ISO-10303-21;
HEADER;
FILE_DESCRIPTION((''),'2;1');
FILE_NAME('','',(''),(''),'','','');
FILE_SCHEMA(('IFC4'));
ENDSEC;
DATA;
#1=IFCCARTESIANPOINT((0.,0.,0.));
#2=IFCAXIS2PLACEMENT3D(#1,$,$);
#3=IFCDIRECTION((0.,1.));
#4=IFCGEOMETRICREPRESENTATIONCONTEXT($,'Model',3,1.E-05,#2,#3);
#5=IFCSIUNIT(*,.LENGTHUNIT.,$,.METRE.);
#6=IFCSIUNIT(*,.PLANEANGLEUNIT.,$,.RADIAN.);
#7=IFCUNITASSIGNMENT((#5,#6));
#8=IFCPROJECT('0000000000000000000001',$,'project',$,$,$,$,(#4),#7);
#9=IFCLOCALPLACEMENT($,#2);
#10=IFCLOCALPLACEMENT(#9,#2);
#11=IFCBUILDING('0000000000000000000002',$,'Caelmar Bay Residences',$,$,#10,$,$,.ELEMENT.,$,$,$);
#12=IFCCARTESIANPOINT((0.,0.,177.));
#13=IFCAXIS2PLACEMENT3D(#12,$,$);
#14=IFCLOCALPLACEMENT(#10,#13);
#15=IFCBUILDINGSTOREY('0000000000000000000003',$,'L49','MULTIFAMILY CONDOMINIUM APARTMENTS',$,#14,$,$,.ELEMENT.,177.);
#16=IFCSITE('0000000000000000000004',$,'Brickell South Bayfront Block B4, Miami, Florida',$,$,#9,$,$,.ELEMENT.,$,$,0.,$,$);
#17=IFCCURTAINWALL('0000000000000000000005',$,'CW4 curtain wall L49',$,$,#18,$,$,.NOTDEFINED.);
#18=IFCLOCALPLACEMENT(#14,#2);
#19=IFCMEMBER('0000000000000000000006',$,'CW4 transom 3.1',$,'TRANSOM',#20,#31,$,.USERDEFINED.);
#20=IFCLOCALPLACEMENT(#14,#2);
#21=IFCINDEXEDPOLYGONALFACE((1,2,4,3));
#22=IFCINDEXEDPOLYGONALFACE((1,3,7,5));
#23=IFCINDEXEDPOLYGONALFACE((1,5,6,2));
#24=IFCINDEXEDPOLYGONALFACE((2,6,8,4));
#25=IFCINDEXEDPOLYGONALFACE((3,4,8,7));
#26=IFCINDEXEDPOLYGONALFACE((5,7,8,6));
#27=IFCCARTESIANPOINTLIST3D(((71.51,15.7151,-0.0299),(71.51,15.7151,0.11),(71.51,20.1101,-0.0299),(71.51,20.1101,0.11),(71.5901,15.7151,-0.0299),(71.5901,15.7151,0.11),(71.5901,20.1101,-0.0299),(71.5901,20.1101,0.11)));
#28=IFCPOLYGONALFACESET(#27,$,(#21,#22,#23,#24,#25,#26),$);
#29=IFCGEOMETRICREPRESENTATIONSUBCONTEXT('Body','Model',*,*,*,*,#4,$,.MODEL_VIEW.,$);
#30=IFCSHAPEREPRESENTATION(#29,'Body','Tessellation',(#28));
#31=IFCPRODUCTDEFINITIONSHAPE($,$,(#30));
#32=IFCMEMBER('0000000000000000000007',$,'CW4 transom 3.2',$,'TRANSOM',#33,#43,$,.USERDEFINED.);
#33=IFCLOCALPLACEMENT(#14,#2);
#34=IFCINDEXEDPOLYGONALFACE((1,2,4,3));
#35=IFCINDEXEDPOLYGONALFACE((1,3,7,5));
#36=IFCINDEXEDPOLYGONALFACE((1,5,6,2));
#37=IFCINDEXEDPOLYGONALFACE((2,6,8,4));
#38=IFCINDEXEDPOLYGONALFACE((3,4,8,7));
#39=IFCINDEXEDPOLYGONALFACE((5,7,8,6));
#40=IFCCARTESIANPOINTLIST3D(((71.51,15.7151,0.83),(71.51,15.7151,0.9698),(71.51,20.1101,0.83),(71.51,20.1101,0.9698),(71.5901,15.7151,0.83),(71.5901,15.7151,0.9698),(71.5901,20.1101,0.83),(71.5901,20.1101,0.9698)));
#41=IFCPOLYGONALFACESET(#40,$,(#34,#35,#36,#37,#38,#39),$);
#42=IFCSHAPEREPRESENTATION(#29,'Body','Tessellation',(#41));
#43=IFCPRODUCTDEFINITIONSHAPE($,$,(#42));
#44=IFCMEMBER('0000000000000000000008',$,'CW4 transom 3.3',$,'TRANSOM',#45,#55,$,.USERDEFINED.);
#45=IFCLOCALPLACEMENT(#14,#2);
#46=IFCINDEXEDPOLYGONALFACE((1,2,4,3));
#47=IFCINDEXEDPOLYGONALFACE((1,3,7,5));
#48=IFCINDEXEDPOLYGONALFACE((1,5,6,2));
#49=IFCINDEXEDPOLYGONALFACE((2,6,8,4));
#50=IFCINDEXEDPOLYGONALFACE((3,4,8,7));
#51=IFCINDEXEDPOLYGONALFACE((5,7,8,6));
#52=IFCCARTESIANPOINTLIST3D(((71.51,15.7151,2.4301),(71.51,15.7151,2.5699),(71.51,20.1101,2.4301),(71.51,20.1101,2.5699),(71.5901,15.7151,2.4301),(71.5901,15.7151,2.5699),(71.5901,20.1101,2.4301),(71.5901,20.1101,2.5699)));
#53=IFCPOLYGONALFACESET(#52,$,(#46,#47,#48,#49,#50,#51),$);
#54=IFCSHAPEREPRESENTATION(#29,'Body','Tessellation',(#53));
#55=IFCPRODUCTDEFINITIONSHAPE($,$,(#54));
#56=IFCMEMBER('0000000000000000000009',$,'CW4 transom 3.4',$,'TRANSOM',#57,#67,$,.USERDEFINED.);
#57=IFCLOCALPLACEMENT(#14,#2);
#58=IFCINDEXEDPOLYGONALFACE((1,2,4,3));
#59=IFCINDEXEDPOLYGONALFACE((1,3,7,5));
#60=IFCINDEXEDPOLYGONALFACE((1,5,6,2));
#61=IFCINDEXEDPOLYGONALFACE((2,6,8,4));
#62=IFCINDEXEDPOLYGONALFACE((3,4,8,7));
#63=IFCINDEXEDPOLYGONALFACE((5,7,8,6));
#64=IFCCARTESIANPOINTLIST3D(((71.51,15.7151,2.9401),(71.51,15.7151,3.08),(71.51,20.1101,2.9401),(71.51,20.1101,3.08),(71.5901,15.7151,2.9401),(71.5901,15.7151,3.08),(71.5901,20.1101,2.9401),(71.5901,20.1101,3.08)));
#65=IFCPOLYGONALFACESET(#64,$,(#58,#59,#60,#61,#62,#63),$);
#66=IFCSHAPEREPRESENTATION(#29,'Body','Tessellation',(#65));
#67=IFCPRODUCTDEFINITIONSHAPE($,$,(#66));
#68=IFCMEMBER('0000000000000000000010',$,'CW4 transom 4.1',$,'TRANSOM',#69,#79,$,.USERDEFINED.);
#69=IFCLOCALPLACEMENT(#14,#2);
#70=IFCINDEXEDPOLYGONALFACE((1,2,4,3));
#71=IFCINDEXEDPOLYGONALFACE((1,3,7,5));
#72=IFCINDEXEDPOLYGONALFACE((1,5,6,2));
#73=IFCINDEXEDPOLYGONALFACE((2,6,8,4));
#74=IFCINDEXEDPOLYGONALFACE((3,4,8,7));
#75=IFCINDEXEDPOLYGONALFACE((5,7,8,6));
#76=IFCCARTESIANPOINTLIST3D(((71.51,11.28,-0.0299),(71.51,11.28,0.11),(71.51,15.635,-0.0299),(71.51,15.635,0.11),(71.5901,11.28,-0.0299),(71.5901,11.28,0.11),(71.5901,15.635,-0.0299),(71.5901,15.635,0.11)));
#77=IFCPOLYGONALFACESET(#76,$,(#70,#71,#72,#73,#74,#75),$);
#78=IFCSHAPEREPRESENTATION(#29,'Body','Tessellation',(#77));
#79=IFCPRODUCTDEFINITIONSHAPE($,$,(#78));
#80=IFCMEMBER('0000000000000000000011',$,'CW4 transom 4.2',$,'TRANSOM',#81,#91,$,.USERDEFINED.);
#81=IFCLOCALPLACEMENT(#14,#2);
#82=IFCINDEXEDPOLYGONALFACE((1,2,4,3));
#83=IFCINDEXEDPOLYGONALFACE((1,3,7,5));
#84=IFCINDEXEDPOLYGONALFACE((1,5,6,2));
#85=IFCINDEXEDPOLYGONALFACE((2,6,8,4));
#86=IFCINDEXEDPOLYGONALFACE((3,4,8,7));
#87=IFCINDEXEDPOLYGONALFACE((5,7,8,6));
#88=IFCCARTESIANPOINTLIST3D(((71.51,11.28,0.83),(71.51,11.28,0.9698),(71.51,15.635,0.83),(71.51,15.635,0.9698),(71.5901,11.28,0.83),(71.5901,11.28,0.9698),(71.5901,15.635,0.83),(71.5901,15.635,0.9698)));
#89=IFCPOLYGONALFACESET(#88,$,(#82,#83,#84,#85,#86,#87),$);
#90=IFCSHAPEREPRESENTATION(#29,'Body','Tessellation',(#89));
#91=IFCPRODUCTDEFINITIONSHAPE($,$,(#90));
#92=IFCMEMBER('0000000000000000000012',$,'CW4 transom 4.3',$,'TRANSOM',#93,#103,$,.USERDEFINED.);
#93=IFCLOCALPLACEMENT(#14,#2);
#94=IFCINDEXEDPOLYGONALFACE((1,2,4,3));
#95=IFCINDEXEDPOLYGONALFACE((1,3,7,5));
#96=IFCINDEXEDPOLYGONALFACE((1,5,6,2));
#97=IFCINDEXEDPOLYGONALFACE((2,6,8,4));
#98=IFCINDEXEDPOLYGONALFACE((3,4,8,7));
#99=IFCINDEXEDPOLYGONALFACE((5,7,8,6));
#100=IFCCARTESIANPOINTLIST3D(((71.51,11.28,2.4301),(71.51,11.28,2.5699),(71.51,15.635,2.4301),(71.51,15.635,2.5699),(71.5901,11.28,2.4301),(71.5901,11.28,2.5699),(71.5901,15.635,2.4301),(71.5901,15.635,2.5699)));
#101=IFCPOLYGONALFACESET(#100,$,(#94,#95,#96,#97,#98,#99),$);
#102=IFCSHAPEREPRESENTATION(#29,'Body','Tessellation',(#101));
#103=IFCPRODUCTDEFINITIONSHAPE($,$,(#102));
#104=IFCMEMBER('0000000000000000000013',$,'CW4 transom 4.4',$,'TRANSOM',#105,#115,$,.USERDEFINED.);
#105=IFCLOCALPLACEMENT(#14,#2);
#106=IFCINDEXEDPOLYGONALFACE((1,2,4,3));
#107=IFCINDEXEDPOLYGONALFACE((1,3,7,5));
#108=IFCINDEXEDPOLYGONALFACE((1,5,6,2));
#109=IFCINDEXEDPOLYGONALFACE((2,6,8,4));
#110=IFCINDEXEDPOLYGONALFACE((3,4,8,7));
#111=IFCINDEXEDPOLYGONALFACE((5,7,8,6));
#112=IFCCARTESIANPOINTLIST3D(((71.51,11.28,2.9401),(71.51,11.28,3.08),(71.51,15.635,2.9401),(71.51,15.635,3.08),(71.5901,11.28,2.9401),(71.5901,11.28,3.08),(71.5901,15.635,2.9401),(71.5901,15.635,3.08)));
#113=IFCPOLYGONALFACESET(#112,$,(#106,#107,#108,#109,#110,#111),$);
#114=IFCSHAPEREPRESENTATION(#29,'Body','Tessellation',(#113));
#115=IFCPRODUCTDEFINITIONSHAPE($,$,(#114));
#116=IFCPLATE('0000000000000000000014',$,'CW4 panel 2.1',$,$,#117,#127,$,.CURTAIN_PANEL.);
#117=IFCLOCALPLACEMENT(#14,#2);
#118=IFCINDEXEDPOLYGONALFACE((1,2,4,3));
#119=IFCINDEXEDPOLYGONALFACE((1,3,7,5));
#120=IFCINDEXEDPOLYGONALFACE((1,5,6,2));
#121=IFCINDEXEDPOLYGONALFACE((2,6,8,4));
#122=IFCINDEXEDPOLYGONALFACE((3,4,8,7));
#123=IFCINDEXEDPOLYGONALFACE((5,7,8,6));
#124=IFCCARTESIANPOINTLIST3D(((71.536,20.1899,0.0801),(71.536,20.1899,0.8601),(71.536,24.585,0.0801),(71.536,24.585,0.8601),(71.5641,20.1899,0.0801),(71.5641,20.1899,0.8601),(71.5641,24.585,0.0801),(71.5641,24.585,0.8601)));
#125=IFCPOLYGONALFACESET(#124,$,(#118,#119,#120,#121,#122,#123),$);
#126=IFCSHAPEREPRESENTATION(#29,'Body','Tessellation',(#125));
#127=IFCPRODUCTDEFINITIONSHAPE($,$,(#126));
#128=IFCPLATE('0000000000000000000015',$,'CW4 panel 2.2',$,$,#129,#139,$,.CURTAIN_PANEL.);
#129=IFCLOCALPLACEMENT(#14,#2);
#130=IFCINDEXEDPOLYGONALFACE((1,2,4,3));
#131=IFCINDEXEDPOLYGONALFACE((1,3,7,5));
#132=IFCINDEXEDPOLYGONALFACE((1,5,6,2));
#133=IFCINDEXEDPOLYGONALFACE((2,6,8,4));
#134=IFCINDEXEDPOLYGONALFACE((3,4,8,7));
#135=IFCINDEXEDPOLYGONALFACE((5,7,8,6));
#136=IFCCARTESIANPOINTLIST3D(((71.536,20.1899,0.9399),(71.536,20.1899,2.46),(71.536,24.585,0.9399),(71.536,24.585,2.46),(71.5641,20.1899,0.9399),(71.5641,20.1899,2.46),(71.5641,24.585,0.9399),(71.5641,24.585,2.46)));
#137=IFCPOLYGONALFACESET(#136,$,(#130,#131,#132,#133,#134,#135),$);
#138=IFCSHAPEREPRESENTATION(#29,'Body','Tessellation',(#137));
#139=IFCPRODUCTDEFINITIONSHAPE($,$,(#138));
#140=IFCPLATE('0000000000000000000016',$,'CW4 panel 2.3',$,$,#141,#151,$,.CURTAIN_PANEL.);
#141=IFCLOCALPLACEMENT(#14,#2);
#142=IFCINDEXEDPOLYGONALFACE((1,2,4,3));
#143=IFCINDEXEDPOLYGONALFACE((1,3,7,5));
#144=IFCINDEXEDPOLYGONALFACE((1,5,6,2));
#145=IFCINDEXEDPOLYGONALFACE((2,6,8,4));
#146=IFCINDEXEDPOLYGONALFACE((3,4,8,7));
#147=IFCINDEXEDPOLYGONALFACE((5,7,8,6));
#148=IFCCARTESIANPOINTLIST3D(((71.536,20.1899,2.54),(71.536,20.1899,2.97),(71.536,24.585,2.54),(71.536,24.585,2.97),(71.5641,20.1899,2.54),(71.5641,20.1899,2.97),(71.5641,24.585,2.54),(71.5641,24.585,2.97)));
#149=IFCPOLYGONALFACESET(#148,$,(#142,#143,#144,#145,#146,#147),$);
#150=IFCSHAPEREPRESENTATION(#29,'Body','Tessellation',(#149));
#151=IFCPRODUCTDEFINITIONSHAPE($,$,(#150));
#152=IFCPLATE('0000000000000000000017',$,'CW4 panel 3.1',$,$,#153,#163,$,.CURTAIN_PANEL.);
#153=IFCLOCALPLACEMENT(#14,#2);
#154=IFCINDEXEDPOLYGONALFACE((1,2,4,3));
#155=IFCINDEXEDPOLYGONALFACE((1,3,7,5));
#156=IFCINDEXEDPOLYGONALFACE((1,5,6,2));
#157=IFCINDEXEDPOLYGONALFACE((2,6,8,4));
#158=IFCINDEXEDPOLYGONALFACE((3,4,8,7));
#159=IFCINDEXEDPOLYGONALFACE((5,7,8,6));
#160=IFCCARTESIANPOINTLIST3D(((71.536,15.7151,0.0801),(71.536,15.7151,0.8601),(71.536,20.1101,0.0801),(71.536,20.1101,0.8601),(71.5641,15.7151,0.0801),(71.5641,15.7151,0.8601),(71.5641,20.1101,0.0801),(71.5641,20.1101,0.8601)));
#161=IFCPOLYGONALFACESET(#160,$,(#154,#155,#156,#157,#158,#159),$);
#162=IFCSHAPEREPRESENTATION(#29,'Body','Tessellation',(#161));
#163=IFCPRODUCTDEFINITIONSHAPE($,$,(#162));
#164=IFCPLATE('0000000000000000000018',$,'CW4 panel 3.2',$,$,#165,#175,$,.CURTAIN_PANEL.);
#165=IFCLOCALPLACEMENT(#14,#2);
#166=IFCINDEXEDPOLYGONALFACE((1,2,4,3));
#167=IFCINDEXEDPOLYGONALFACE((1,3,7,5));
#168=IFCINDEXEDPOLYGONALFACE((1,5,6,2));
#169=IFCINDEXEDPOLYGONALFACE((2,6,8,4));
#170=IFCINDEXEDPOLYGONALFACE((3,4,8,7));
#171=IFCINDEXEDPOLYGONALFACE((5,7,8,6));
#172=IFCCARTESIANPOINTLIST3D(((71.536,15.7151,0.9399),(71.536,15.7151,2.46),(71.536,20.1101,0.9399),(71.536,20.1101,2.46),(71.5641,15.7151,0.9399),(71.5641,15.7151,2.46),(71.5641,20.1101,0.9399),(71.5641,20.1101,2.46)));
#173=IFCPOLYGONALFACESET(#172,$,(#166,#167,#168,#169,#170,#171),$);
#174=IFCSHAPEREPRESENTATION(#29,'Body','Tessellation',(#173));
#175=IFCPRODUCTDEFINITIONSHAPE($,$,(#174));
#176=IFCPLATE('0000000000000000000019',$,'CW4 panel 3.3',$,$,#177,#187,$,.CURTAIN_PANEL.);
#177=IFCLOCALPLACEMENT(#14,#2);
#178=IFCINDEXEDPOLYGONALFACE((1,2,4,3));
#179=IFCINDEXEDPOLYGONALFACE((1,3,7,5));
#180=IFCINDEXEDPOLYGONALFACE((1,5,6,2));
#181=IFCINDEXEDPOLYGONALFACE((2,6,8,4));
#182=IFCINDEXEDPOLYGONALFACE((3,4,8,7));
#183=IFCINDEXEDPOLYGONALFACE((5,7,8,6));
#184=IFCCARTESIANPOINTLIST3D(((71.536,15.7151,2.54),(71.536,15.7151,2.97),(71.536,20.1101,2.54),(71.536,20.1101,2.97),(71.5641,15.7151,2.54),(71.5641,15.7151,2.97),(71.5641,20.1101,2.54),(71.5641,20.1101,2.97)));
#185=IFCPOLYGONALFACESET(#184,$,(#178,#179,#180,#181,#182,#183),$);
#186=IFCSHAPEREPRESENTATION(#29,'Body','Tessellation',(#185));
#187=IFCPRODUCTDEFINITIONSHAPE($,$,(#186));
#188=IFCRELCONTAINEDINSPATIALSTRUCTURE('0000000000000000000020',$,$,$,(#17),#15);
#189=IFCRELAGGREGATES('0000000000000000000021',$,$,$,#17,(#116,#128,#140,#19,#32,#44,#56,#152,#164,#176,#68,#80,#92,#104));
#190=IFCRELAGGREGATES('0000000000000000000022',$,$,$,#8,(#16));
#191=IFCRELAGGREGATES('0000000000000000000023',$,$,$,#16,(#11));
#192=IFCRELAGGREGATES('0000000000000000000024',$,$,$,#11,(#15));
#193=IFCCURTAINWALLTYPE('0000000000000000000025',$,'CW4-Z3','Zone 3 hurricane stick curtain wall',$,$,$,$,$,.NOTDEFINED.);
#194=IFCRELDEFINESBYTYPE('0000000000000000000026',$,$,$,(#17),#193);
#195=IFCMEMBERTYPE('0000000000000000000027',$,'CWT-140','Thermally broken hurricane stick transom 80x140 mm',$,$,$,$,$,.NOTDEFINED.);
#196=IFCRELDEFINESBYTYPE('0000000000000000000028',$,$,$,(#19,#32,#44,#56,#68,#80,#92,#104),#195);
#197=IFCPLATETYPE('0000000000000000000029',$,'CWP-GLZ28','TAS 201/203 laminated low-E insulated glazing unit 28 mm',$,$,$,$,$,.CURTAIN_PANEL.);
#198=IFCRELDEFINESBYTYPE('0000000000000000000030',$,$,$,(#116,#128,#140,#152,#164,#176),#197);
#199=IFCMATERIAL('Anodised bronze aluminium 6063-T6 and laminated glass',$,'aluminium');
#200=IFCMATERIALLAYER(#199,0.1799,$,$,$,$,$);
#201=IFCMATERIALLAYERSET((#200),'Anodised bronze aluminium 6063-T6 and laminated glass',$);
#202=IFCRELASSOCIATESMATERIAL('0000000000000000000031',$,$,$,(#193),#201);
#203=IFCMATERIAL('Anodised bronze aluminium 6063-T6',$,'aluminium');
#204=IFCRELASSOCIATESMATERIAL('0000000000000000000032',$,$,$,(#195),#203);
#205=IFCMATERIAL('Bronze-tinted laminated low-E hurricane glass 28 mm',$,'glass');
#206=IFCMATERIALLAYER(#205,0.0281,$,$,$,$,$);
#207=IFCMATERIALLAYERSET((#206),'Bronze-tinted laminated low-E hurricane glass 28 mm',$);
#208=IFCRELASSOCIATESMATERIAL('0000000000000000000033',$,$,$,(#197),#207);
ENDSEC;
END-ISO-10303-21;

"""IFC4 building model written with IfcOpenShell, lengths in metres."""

from ifc_helpers import new_model, si_unit, direction, frame, origin, origin_2d, place, context, subcontext, project, spatial, rectangle, extrude, material, layer, layer_set, material_profile, profile_set, type_object, element, aggregate, save


model = new_model("IFC4")

# Units and contexts
model_context = context("Model", 3, precision=1e-05, world=origin(), true_north=direction((0.0, 1.0)))
body_context = subcontext(model_context, "Body", "Model", "MODEL_VIEW")
ifc_project = project(units=[si_unit("LENGTHUNIT", "METRE"), si_unit("PLANEANGLEUNIT", "RADIAN")], contexts=[model_context])

# Site, building, storey
site_placement = place(None, origin())
site = spatial("IfcSite", under=ifc_project, at=site_placement, Name="Brickell South Bayfront Block B4, Miami, Florida", CompositionType="ELEMENT", RefElevation=0.0)
building_placement = place(site_placement, origin())
building = spatial("IfcBuilding", under=site, at=building_placement, Name="Caelmar Bay Residences", CompositionType="ELEMENT")
storey_placement = place(building_placement, frame((0.0, 0.0, 177.0)))
storey = spatial("IfcBuildingStorey", under=building, at=storey_placement, Name="L49", Description="MULTIFAMILY CONDOMINIUM APARTMENTS", CompositionType="ELEMENT", Elevation=177.0)

# Curtain wall, members, plates
ifc_material_1 = material(Name="Anodised bronze aluminium 6063-T6 and laminated glass", Category="aluminium")
ifc_layer_1 = layer(ifc_material_1, 0.1799)
ifc_layer_set_1 = layer_set([ifc_layer_1], Name="Anodised bronze aluminium 6063-T6 and laminated glass")
curtain_wall_type = type_object("IfcCurtainWallType", Name="CW4-Z3", Description="Zone 3 hurricane stick curtain wall", PredefinedType="NOTDEFINED", material=ifc_layer_set_1)
curtain_wall_placement = place(storey_placement, origin())
curtain_wall = element("IfcCurtainWall", 1, at=curtain_wall_placement, inside=storey, type_object=curtain_wall_type, Name="CW4 curtain wall L49", PredefinedType="NOTDEFINED")
ifc_material_2 = material(Name="Anodised bronze aluminium 6063-T6", Category="aluminium")
ifc_material_profile_1 = material_profile(ifc_material_2, rectangle(XDim=0.0801, YDim=0.1399, at=origin_2d()), Name="CWT-80X140")
ifc_profile_set_1 = profile_set([ifc_material_profile_1], Name="Anodised bronze aluminium 6063-T6")
member_type_1 = type_object("IfcMemberType", Name="CWT-140", Description="Thermally broken hurricane stick transom 80x140 mm", PredefinedType="NOTDEFINED", material=ifc_profile_set_1)
member_1_placement = place(storey_placement, frame((71.55, 20.1101, 0.04), z_axis=(0.0, -1.0, 0.0), x_axis=(1.0, 0.0, 0.0)))
member_1 = element("IfcMember", 2, at=member_1_placement, type_object=member_type_1, Name="CW4 transom 3.1", ObjectType="TRANSOM", PredefinedType="USERDEFINED", context=body_context, shape_type="SweptSolid", body=[
    extrude(rectangle(XDim=0.0801, YDim=0.1399, at=origin_2d()), origin(), (0.0, 0.0, 1.0), 4.395),
])
member_2_placement = place(storey_placement, frame((71.55, 20.1101, 0.8999), z_axis=(0.0, -1.0, 0.0), x_axis=(1.0, 0.0, 0.0)))
member_2 = element("IfcMember", 3, at=member_2_placement, type_object=member_type_1, Name="CW4 transom 3.2", ObjectType="TRANSOM", PredefinedType="USERDEFINED", context=body_context, shape_type="SweptSolid", body=[
    extrude(rectangle(XDim=0.0801, YDim=0.1399, at=origin_2d()), origin(), (0.0, 0.0, 1.0), 4.395),
])
member_3_placement = place(storey_placement, frame((71.55, 20.1101, 2.5), z_axis=(0.0, -1.0, 0.0), x_axis=(1.0, 0.0, 0.0)))
member_3 = element("IfcMember", 4, at=member_3_placement, type_object=member_type_1, Name="CW4 transom 3.3", ObjectType="TRANSOM", PredefinedType="USERDEFINED", context=body_context, shape_type="SweptSolid", body=[
    extrude(rectangle(XDim=0.0801, YDim=0.1399, at=origin_2d()), origin(), (0.0, 0.0, 1.0), 4.395),
])
member_4_placement = place(storey_placement, frame((71.55, 20.1101, 3.01), z_axis=(0.0, -1.0, 0.0), x_axis=(1.0, 0.0, 0.0)))
member_4 = element("IfcMember", 5, at=member_4_placement, type_object=member_type_1, Name="CW4 transom 3.4", ObjectType="TRANSOM", PredefinedType="USERDEFINED", context=body_context, shape_type="SweptSolid", body=[
    extrude(rectangle(XDim=0.0801, YDim=0.1399, at=origin_2d()), origin(), (0.0, 0.0, 1.0), 4.395),
])
member_5_placement = place(storey_placement, frame((71.55, 15.635, 0.04), z_axis=(0.0, -1.0, 0.0), x_axis=(1.0, 0.0, 0.0)))
member_5 = element("IfcMember", 6, at=member_5_placement, type_object=member_type_1, Name="CW4 transom 4.1", ObjectType="TRANSOM", PredefinedType="USERDEFINED", context=body_context, shape_type="SweptSolid", body=[
    extrude(rectangle(XDim=0.0801, YDim=0.1399, at=origin_2d()), origin(), (0.0, 0.0, 1.0), 4.355),
])
member_6_placement = place(storey_placement, frame((71.55, 15.635, 0.8999), z_axis=(0.0, -1.0, 0.0), x_axis=(1.0, 0.0, 0.0)))
member_6 = element("IfcMember", 7, at=member_6_placement, type_object=member_type_1, Name="CW4 transom 4.2", ObjectType="TRANSOM", PredefinedType="USERDEFINED", context=body_context, shape_type="SweptSolid", body=[
    extrude(rectangle(XDim=0.0801, YDim=0.1399, at=origin_2d()), origin(), (0.0, 0.0, 1.0), 4.355),
])
member_7_placement = place(storey_placement, frame((71.55, 15.635, 2.5), z_axis=(0.0, -1.0, 0.0), x_axis=(1.0, 0.0, 0.0)))
member_7 = element("IfcMember", 8, at=member_7_placement, type_object=member_type_1, Name="CW4 transom 4.3", ObjectType="TRANSOM", PredefinedType="USERDEFINED", context=body_context, shape_type="SweptSolid", body=[
    extrude(rectangle(XDim=0.0801, YDim=0.1399, at=origin_2d()), origin(), (0.0, 0.0, 1.0), 4.355),
])
member_8_placement = place(storey_placement, frame((71.55, 15.635, 3.01), z_axis=(0.0, -1.0, 0.0), x_axis=(1.0, 0.0, 0.0)))
member_8 = element("IfcMember", 9, at=member_8_placement, type_object=member_type_1, Name="CW4 transom 4.4", ObjectType="TRANSOM", PredefinedType="USERDEFINED", context=body_context, shape_type="SweptSolid", body=[
    extrude(rectangle(XDim=0.0801, YDim=0.1399, at=origin_2d()), origin(), (0.0, 0.0, 1.0), 4.355),
])
ifc_material_3 = material(Name="Bronze-tinted laminated low-E hurricane glass 28 mm", Category="glass")
ifc_layer_2 = layer(ifc_material_3, 0.0281)
ifc_layer_set_2 = layer_set([ifc_layer_2], Name="Bronze-tinted laminated low-E hurricane glass 28 mm")
plate_type = type_object("IfcPlateType", Name="CWP-GLZ28", Description="TAS 201/203 laminated low-E insulated glazing unit 28 mm", PredefinedType="CURTAIN_PANEL", material=ifc_layer_set_2)
plate_1_placement = place(storey_placement, frame((71.55, 22.3875, 0.0801), z_axis=(0.0, 0.0, 1.0), x_axis=(0.0, -1.0, 0.0)))
plate_1 = element("IfcPlate", 10, at=plate_1_placement, type_object=plate_type, Name="CW4 panel 2.1", PredefinedType="CURTAIN_PANEL", context=body_context, shape_type="SweptSolid", body=[
    extrude(rectangle(XDim=4.395, YDim=0.0281, at=origin_2d()), origin(), (0.0, 0.0, 1.0), 0.78),
])
plate_2_placement = place(storey_placement, frame((71.55, 22.3875, 0.9399), z_axis=(0.0, 0.0, 1.0), x_axis=(0.0, -1.0, 0.0)))
plate_2 = element("IfcPlate", 11, at=plate_2_placement, type_object=plate_type, Name="CW4 panel 2.2", PredefinedType="CURTAIN_PANEL", context=body_context, shape_type="SweptSolid", body=[
    extrude(rectangle(XDim=4.395, YDim=0.0281, at=origin_2d()), origin(), (0.0, 0.0, 1.0), 1.52),
])
plate_3_placement = place(storey_placement, frame((71.55, 22.3875, 2.54), z_axis=(0.0, 0.0, 1.0), x_axis=(0.0, -1.0, 0.0)))
plate_3 = element("IfcPlate", 12, at=plate_3_placement, type_object=plate_type, Name="CW4 panel 2.3", PredefinedType="CURTAIN_PANEL", context=body_context, shape_type="SweptSolid", body=[
    extrude(rectangle(XDim=4.395, YDim=0.0281, at=origin_2d()), origin(), (0.0, 0.0, 1.0), 0.4299),
])
plate_4_placement = place(storey_placement, frame((71.55, 17.9126, 0.0801), z_axis=(0.0, 0.0, 1.0), x_axis=(0.0, -1.0, 0.0)))
plate_4 = element("IfcPlate", 13, at=plate_4_placement, type_object=plate_type, Name="CW4 panel 3.1", PredefinedType="CURTAIN_PANEL", context=body_context, shape_type="SweptSolid", body=[
    extrude(rectangle(XDim=4.395, YDim=0.0281, at=origin_2d()), origin(), (0.0, 0.0, 1.0), 0.78),
])
plate_5_placement = place(storey_placement, frame((71.55, 17.9126, 0.9399), z_axis=(0.0, 0.0, 1.0), x_axis=(0.0, -1.0, 0.0)))
plate_5 = element("IfcPlate", 14, at=plate_5_placement, type_object=plate_type, Name="CW4 panel 3.2", PredefinedType="CURTAIN_PANEL", context=body_context, shape_type="SweptSolid", body=[
    extrude(rectangle(XDim=4.395, YDim=0.0281, at=origin_2d()), origin(), (0.0, 0.0, 1.0), 1.52),
])
plate_6_placement = place(storey_placement, frame((71.55, 17.9126, 2.54), z_axis=(0.0, 0.0, 1.0), x_axis=(0.0, -1.0, 0.0)))
plate_6 = element("IfcPlate", 15, at=plate_6_placement, type_object=plate_type, Name="CW4 panel 3.3", PredefinedType="CURTAIN_PANEL", context=body_context, shape_type="SweptSolid", body=[
    extrude(rectangle(XDim=4.395, YDim=0.0281, at=origin_2d()), origin(), (0.0, 0.0, 1.0), 0.4299),
])
aggregate(curtain_wall, [plate_1, plate_2, plate_3, member_1, member_2, member_3, member_4, plate_4, plate_5, plate_6, member_5, member_6, member_7, member_8])

save(model, "model.ifc")
